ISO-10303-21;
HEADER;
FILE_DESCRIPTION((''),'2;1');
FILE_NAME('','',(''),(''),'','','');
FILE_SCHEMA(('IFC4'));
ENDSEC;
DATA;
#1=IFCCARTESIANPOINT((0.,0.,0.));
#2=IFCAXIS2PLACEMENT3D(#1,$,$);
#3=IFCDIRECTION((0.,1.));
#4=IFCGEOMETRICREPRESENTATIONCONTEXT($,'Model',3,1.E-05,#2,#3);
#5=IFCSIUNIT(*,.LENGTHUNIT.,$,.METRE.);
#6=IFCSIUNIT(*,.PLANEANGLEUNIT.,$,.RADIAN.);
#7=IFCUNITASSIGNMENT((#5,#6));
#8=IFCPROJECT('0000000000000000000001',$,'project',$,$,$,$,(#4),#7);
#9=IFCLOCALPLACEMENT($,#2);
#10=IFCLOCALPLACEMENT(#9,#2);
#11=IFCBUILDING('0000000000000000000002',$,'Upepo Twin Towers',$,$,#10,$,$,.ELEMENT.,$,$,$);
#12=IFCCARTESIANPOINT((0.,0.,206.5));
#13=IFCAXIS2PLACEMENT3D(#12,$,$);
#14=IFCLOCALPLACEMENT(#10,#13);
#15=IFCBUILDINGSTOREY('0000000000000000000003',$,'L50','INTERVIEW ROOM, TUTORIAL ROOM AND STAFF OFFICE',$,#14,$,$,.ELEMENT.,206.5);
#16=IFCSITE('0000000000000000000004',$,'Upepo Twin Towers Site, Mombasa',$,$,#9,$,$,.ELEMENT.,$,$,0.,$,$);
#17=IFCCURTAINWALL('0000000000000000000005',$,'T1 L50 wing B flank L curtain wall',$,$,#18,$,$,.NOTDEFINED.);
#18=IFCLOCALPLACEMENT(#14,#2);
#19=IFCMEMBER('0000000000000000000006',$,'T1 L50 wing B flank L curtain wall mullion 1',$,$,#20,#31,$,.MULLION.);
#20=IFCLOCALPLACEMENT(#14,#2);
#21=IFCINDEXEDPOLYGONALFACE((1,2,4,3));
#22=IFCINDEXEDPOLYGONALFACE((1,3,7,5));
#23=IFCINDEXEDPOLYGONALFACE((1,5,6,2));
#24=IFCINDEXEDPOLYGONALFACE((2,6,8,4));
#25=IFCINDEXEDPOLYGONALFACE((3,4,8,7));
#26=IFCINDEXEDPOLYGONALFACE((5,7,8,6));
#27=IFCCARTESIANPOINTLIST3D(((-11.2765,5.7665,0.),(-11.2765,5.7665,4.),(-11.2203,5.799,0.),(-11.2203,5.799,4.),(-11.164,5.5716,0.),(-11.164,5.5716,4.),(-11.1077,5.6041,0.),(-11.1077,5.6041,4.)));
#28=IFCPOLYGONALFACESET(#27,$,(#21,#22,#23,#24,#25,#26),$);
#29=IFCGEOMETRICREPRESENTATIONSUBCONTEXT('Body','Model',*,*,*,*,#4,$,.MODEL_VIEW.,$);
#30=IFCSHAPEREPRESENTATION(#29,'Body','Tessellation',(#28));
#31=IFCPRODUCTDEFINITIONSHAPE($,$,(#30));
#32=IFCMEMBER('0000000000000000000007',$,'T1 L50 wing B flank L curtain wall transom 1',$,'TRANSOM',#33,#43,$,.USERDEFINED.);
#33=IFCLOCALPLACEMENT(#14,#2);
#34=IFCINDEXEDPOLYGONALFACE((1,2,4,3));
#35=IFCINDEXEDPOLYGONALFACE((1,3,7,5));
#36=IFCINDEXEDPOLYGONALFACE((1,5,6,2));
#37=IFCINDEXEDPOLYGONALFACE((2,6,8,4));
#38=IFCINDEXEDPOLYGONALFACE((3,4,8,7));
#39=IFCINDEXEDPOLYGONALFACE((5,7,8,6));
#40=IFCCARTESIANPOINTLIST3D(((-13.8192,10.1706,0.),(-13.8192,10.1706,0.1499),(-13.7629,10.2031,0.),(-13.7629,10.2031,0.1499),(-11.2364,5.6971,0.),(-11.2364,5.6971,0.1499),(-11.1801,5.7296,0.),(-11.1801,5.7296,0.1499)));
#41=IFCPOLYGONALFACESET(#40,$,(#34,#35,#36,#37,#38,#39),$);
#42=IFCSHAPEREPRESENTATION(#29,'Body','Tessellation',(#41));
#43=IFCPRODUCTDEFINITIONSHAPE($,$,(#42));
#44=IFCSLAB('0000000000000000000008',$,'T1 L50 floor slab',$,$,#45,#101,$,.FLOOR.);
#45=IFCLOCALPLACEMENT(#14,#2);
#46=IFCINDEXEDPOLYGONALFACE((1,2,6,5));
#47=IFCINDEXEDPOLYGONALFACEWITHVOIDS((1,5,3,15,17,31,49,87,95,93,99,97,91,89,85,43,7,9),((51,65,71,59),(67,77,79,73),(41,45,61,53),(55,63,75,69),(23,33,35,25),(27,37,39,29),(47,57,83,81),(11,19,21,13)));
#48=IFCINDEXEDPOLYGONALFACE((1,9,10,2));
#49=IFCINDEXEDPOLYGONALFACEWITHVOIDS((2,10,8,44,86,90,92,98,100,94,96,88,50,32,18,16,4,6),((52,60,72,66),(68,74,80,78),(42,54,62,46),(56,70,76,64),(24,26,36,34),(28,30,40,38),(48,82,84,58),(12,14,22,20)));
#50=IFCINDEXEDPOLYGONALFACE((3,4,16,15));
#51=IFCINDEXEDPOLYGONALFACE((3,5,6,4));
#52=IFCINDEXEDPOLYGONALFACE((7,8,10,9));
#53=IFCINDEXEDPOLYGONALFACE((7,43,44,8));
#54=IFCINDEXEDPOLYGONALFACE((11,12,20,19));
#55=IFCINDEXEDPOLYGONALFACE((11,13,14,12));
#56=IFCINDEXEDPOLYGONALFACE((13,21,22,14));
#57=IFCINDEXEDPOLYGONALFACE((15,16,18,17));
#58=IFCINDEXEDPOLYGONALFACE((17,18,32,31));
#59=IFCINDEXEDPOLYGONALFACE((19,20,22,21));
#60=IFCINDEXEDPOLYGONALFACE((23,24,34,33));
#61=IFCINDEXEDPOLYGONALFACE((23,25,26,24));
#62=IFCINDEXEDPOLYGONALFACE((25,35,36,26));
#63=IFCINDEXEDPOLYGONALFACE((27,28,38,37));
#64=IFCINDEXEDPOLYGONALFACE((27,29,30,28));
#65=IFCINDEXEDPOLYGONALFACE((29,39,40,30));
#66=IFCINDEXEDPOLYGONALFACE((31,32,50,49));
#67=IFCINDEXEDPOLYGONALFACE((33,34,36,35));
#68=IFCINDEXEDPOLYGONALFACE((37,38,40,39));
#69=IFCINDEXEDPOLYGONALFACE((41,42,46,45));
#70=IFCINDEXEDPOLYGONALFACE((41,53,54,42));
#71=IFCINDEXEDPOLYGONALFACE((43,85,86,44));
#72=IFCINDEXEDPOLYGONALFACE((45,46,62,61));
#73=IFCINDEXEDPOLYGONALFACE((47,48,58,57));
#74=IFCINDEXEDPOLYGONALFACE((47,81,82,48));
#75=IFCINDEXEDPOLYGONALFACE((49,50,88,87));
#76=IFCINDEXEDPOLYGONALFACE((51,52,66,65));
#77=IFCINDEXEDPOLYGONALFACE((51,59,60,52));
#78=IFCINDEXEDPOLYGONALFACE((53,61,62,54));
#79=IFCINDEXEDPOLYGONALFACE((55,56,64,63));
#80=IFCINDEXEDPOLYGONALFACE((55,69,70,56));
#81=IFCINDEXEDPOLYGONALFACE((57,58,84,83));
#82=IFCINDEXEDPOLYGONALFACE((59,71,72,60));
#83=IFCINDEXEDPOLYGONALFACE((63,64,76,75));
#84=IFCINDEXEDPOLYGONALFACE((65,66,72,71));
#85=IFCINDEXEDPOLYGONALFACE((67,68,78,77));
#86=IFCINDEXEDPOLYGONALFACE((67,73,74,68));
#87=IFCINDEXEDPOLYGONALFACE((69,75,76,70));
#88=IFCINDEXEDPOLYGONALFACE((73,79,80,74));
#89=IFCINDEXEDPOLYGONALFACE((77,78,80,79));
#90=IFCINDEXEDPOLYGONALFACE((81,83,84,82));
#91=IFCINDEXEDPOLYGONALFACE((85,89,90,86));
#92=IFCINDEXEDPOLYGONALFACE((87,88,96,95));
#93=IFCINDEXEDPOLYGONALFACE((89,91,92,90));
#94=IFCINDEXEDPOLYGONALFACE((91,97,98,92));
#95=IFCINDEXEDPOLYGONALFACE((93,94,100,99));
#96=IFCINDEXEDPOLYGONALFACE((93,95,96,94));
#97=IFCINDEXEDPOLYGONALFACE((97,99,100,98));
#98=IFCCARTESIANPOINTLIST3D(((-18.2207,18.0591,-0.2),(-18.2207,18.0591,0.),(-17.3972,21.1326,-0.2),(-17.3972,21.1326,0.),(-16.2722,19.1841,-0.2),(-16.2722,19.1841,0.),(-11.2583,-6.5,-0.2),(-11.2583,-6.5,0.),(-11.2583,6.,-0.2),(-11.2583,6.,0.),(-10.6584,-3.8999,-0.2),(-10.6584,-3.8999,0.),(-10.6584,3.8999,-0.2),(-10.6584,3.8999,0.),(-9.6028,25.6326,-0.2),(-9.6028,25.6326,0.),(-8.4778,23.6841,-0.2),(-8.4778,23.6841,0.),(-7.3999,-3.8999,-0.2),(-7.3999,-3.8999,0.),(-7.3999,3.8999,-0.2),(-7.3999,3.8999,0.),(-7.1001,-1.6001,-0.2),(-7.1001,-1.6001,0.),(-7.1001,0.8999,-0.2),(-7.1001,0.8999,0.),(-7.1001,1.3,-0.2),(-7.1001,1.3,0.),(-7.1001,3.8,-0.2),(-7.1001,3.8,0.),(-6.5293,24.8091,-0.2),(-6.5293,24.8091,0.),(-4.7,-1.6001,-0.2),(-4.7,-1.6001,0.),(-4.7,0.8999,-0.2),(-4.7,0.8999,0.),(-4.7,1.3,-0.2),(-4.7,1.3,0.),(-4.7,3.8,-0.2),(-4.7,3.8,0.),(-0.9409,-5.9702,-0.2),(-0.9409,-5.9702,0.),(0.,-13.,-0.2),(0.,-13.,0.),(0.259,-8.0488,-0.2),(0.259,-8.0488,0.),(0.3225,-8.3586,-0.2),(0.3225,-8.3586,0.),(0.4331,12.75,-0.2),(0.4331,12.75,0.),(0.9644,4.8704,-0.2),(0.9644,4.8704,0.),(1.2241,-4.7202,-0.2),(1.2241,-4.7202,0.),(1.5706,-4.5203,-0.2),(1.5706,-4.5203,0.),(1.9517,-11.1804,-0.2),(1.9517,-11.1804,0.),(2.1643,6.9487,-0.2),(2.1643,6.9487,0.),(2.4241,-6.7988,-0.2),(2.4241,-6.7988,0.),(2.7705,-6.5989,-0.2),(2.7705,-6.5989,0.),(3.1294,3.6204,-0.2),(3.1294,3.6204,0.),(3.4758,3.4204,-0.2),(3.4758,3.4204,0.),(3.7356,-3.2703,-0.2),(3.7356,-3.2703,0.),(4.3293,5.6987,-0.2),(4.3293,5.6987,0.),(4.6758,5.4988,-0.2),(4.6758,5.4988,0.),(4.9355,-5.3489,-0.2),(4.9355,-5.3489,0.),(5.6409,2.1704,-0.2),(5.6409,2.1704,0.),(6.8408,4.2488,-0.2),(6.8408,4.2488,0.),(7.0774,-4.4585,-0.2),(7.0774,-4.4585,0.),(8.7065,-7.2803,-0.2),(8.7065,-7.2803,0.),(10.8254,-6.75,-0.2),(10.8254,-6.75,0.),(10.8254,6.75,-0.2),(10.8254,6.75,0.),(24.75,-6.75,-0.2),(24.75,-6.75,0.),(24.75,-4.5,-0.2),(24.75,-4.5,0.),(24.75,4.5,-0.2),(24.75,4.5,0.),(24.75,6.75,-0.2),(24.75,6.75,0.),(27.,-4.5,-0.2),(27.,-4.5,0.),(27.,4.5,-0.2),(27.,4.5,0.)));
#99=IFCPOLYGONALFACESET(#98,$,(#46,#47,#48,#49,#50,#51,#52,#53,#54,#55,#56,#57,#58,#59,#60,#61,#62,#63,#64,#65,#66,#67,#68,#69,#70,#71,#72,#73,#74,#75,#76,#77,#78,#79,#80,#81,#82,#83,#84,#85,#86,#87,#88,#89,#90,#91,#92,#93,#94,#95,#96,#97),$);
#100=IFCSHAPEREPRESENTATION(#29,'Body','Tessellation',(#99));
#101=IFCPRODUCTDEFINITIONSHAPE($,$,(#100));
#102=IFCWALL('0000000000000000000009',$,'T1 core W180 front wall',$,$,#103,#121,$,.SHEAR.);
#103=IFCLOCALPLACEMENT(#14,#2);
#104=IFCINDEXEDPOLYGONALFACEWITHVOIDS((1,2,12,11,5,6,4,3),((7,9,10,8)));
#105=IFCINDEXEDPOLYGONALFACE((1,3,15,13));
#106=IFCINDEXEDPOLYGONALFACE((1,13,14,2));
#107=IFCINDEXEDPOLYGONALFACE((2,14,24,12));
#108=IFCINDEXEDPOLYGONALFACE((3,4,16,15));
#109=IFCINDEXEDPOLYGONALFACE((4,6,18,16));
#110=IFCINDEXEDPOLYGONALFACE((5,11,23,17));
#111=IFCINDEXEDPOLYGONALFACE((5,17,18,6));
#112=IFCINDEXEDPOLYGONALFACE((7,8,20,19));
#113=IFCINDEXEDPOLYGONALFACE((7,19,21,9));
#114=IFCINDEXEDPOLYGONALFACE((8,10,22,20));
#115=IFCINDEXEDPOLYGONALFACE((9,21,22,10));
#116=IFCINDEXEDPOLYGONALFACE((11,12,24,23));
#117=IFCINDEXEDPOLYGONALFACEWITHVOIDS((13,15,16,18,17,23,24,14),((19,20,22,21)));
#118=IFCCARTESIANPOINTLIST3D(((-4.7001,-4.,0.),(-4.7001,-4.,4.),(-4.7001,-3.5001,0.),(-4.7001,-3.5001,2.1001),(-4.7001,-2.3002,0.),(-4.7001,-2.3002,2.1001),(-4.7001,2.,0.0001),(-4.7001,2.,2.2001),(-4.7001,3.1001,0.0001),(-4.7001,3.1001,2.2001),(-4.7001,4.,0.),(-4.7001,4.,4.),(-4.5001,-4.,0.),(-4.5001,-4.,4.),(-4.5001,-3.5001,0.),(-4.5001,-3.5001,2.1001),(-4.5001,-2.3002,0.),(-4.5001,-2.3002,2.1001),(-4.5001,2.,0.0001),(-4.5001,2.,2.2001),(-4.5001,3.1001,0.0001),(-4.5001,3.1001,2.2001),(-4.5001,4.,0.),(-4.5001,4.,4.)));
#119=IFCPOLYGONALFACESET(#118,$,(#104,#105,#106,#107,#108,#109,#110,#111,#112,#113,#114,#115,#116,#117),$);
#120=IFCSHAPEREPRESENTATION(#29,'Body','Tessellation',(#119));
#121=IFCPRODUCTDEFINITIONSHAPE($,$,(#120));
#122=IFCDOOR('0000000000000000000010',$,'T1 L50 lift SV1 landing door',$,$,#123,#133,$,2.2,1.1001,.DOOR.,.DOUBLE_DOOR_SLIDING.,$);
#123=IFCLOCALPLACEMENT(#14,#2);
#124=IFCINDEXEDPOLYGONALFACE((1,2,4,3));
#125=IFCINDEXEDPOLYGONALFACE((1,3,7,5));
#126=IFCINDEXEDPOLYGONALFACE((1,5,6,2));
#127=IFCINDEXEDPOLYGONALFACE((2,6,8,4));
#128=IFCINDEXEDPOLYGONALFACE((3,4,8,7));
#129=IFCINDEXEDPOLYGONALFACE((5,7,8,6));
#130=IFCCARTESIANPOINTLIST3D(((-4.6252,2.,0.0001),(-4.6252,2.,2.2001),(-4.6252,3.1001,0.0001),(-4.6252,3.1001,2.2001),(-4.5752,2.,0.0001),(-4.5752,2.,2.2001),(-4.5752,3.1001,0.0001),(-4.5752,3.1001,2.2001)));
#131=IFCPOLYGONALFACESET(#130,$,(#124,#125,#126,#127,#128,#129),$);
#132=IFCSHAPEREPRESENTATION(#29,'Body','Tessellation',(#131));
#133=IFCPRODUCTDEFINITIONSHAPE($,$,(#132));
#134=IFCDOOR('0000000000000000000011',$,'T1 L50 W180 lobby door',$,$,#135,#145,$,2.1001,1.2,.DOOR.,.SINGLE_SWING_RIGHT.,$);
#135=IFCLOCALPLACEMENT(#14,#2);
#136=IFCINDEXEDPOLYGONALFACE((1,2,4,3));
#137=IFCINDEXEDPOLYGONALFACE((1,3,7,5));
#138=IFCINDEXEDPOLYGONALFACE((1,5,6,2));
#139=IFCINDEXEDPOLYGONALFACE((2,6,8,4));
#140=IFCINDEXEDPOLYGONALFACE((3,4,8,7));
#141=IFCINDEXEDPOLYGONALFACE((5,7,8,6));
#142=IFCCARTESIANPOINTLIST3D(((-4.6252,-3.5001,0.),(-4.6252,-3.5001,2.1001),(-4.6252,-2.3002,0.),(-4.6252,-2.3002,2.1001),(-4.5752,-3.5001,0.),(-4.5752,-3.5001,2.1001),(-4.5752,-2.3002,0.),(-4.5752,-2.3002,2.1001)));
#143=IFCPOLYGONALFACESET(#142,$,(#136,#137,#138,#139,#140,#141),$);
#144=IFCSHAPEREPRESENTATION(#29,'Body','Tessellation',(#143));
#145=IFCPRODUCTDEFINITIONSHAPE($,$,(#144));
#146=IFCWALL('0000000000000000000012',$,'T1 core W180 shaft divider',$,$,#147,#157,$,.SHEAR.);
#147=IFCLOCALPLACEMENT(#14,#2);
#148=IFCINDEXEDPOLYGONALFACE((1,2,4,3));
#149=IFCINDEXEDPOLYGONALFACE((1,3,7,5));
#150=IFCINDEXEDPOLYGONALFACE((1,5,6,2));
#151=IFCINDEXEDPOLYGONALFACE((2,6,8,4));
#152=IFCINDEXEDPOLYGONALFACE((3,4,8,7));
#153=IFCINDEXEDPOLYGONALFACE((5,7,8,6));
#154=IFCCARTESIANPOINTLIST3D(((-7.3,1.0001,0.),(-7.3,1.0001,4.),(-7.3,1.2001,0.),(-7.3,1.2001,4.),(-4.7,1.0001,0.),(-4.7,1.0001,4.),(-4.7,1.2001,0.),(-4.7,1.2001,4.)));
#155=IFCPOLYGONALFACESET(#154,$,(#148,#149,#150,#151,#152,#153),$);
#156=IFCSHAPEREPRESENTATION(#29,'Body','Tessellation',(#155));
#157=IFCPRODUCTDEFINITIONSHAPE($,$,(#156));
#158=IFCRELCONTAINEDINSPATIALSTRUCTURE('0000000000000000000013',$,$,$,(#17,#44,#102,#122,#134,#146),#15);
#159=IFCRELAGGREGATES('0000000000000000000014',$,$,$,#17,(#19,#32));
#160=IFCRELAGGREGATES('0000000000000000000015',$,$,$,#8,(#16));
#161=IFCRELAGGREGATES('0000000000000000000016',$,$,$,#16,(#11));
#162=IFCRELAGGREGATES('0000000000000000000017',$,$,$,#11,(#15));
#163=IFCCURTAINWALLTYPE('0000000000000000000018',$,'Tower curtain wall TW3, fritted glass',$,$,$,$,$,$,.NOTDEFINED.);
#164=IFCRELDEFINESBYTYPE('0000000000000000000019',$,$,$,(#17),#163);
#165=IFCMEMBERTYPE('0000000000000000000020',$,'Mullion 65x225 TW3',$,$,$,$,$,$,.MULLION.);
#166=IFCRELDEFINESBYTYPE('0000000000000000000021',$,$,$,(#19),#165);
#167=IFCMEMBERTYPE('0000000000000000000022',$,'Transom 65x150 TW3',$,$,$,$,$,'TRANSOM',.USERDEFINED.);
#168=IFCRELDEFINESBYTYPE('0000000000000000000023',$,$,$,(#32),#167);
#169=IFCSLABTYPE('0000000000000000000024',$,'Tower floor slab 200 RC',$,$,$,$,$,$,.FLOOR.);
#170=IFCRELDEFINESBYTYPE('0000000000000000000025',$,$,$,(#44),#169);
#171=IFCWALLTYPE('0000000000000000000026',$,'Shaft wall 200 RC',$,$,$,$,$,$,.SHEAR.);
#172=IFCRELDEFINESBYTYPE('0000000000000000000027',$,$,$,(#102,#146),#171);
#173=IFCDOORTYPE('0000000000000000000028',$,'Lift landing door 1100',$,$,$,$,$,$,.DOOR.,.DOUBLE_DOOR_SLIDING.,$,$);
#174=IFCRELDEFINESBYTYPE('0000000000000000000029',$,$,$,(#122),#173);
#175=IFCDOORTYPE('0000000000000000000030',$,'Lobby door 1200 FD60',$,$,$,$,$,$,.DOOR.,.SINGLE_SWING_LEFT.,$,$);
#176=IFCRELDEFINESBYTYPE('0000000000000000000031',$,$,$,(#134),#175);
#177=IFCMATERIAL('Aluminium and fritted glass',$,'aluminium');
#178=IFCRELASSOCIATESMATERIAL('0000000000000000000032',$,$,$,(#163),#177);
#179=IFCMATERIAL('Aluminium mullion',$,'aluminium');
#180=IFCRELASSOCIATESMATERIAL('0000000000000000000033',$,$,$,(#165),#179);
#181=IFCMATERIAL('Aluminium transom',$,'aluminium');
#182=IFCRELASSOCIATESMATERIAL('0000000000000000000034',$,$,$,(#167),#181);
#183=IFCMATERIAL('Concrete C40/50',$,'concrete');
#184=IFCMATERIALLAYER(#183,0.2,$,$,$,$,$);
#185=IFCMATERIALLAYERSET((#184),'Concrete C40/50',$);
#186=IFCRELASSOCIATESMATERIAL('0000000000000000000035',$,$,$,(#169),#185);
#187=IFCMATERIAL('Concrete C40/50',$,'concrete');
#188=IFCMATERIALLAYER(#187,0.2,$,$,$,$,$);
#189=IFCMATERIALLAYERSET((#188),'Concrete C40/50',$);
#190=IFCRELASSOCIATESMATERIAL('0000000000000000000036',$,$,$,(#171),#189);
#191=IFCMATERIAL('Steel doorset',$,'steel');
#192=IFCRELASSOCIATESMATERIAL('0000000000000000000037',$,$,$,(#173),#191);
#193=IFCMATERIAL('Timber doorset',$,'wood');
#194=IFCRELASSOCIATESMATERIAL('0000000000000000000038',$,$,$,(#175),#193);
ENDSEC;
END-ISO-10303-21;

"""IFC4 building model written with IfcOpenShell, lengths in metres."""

from ifc_helpers import new_model, si_unit, direction, frame, frame_2d, origin, origin_2d, place, context, subcontext, project, spatial, polyline, rectangle, outline, extrude, material, layer, layer_set, material_profile, profile_set, type_object, element, fill, aggregate, save


model = new_model("IFC4")

# Units and contexts
model_context = context("Model", 3, precision=1e-05, world=origin(), true_north=direction((0.0, 1.0)))
body_context = subcontext(model_context, "Body", "Model", "MODEL_VIEW")
ifc_project = project(units=[si_unit("LENGTHUNIT", "METRE"), si_unit("PLANEANGLEUNIT", "RADIAN")], contexts=[model_context])

# Site, building, storey
site_placement = place(None, origin())
site = spatial("IfcSite", under=ifc_project, at=site_placement, Name="Upepo Twin Towers Site, Mombasa", CompositionType="ELEMENT", RefElevation=0.0)
building_placement = place(site_placement, origin())
building = spatial("IfcBuilding", under=site, at=building_placement, Name="Upepo Twin Towers", CompositionType="ELEMENT")
storey_placement = place(building_placement, frame((0.0, 0.0, 206.5)))
storey = spatial("IfcBuildingStorey", under=building, at=storey_placement, Name="L50", Description="INTERVIEW ROOM, TUTORIAL ROOM AND STAFF OFFICE", CompositionType="ELEMENT", Elevation=206.5)

# Curtain wall, members
ifc_material_1 = material(Name="Aluminium and fritted glass", Category="aluminium")
curtain_wall_type = type_object("IfcCurtainWallType", Name="Tower curtain wall TW3, fritted glass", PredefinedType="NOTDEFINED", material=ifc_material_1)
curtain_wall_placement = place(storey_placement, origin())
curtain_wall = element("IfcCurtainWall", 1, at=curtain_wall_placement, inside=storey, type_object=curtain_wall_type, Name="T1 L50 wing B flank L curtain wall", PredefinedType="NOTDEFINED")
ifc_material_2 = material(Name="Aluminium mullion", Category="aluminium")
ifc_material_profile_1 = material_profile(ifc_material_2, rectangle(XDim=0.0649, YDim=0.2251, at=origin_2d()), Name="MULLION 65x225")
ifc_profile_set_1 = profile_set([ifc_material_profile_1], Name="Aluminium mullion")
member_type_1 = type_object("IfcMemberType", Name="Mullion 65x225 TW3", PredefinedType="MULLION", material=ifc_profile_set_1)
member_1_placement = place(storey_placement, frame((-11.1921, 5.6853, 0.0), z_axis=(0.0, 0.0, 1.0), x_axis=(-0.866025, -0.5, 0.0)))
member_1 = element("IfcMember", 2, at=member_1_placement, type_object=member_type_1, Name="T1 L50 wing B flank L curtain wall mullion 1", PredefinedType="MULLION", context=body_context, shape_type="SweptSolid", body=[
    extrude(rectangle(XDim=0.0649, YDim=0.2251, at=origin_2d()), origin(), (0.0, 0.0, 1.0), 4.0),
])
ifc_material_3 = material(Name="Aluminium transom", Category="aluminium")
ifc_material_profile_2 = material_profile(ifc_material_3, rectangle(XDim=0.0649, YDim=0.1499, at=origin_2d()), Name="TRANSOM 65x150")
ifc_profile_set_2 = profile_set([ifc_material_profile_2], Name="Aluminium transom")
member_type_2 = type_object("IfcMemberType", Name="Transom 65x150 TW3", ElementType="TRANSOM", PredefinedType="USERDEFINED", material=ifc_profile_set_2)
member_2_placement = place(storey_placement, frame((-11.2083, 5.7134, 0.075), z_axis=(-0.500007, 0.866021, 0.0), x_axis=(-0.866021, -0.500007, 0.0)))
member_2 = element("IfcMember", 3, at=member_2_placement, type_object=member_type_2, Name="T1 L50 wing B flank L curtain wall transom 1", ObjectType="TRANSOM", PredefinedType="USERDEFINED", context=body_context, shape_type="SweptSolid", body=[
    extrude(rectangle(XDim=0.0649, YDim=0.1499, at=origin_2d()), origin(), (0.0, 0.0, 1.0), 5.1655),
])
aggregate(curtain_wall, [member_1, member_2])

# Slab
ifc_material_4 = material(Name="Concrete C40/50", Category="concrete")
ifc_layer_1 = layer(ifc_material_4, 0.2)
ifc_layer_set_1 = layer_set([ifc_layer_1], Name="Concrete C40/50")
slab_type = type_object("IfcSlabType", Name="Tower floor slab 200 RC", PredefinedType="FLOOR", material=ifc_layer_set_1)
slab_placement = place(storey_placement, frame((0.0, 0.0, -0.2)))
element("IfcSlab", 4, at=slab_placement, inside=storey, type_object=slab_type, Name="T1 L50 floor slab", PredefinedType="FLOOR", context=body_context, shape_type="SweptSolid", body=[
    extrude(outline(polyline([(10.8254, 6.75), (24.75, 6.75), (24.75, 4.5), (27.0, 4.5), (27.0, -4.5), (24.75, -4.5), (24.75, -6.75), (10.8254, -6.75), (0.0, -13.0), (-11.2583, -6.5), (-11.2583, 6.0), (-18.2207, 18.0591), (-16.2722, 19.1841), (-17.3972, 21.1326), (-9.6028, 25.6326), (-8.4778, 23.6841), (-6.5293, 24.8091), (0.4331, 12.75), (10.8254, 6.75)]), holes=[polyline([(5.6409, 2.1704), (6.8408, 4.2488), (4.6758, 5.4988), (3.4758, 3.4204), (5.6409, 2.1704)]), polyline([(3.1294, 3.6204), (4.3293, 5.6987), (2.1643, 6.9487), (0.9644, 4.8704), (3.1294, 3.6204)]), polyline([(-4.7, 3.8), (-7.1001, 3.8), (-7.1001, 1.3), (-4.7, 1.3), (-4.7, 3.8)]), polyline([(-4.7, 0.8999), (-7.1001, 0.8999), (-7.1001, -1.6001), (-4.7, -1.6001), (-4.7, 0.8999)]), polyline([(-7.3999, 3.8999), (-10.6584, 3.8999), (-10.6584, -3.8999), (-7.3999, -3.8999), (-7.3999, 3.8999)]), polyline([(-0.9409, -5.9702), (0.259, -8.0488), (2.4241, -6.7988), (1.2241, -4.7202), (-0.9409, -5.9702)]), polyline([(1.5706, -4.5203), (2.7705, -6.5989), (4.9355, -5.3489), (3.7356, -3.2703), (1.5706, -4.5203)]), polyline([(0.3225, -8.3586), (1.9517, -11.1804), (8.7065, -7.2803), (7.0774, -4.4585), (0.3225, -8.3586)])]), origin(), (0.0, 0.0, 1.0), 0.2),
])

# Wall, openings, doors
ifc_material_5 = material(Name="Concrete C40/50", Category="concrete")
ifc_layer_2 = layer(ifc_material_5, 0.2)
ifc_layer_set_2 = layer_set([ifc_layer_2], Name="Concrete C40/50")
wall_type_1 = type_object("IfcWallType", Name="Shaft wall 200 RC", PredefinedType="SHEAR", material=ifc_layer_set_2)
wall_1_placement = place(storey_placement, frame((-4.6001, 4.0, 0.0), z_axis=(0.0, 0.0, 1.0), x_axis=(0.0, -1.0, 0.0)))
wall_1 = element("IfcWall", 5, at=wall_1_placement, inside=storey, type_object=wall_type_1, Name="T1 core W180 front wall", PredefinedType="SHEAR", context=body_context, shape_type="SweptSolid", body=[
    extrude(rectangle(XDim=8.0, YDim=0.2, at=frame_2d((4.0, 0.0))), origin(), (0.0, 0.0, 1.0), 4.0),
])
opening_1_placement = place(wall_1_placement, frame((6.3, 0.0, 0.0)))
opening_1 = element("IfcOpeningElement", 6, at=opening_1_placement, cuts=wall_1, PredefinedType="OPENING", context=body_context, shape_type="SweptSolid", body=[
    extrude(rectangle(XDim=1.2, YDim=2.1001, at=frame_2d((0.6001, 1.05))), frame((0.0, 0.1099, 0.0), z_axis=(0.0, -1.0, 0.0), x_axis=(1.0, 0.0, 0.0)), (0.0, 0.0, 1.0), 0.22),
])
opening_2_placement = place(wall_1_placement, frame((0.8999, 0.0, 0.0)))
opening_2 = element("IfcOpeningElement", 7, at=opening_2_placement, cuts=wall_1, PredefinedType="OPENING", context=body_context, shape_type="SweptSolid", body=[
    extrude(rectangle(XDim=1.1001, YDim=2.2, at=frame_2d((0.55, 1.1001))), frame((0.0, 0.1099, 0.0), z_axis=(0.0, -1.0, 0.0), x_axis=(1.0, 0.0, 0.0)), (0.0, 0.0, 1.0), 0.22),
])
ifc_material_6 = material(Name="Steel doorset", Category="steel")
door_type_1 = type_object("IfcDoorType", Name="Lift landing door 1100", OperationType="DOUBLE_DOOR_SLIDING", PredefinedType="DOOR", material=ifc_material_6)
door_1_placement = place(opening_2_placement, origin())
door_1 = element("IfcDoor", 8, at=door_1_placement, inside=storey, type_object=door_type_1, Name="T1 L50 lift SV1 landing door", OperationType="DOUBLE_DOOR_SLIDING", OverallHeight=2.2, OverallWidth=1.1001, PredefinedType="DOOR", context=body_context, shape_type="SweptSolid", body=[
    extrude(rectangle(XDim=1.1001, YDim=2.2, at=frame_2d((0.55, 1.1001))), frame((0.0, 0.0249, 0.0), z_axis=(0.0, -1.0, 0.0), x_axis=(1.0, 0.0, 0.0)), (0.0, 0.0, 1.0), 0.05),
])
fill(opening_2, door_1)
ifc_material_7 = material(Name="Timber doorset", Category="wood")
door_type_2 = type_object("IfcDoorType", Name="Lobby door 1200 FD60", OperationType="SINGLE_SWING_LEFT", PredefinedType="DOOR", material=ifc_material_7)
door_2_placement = place(opening_1_placement, origin())
door_2 = element("IfcDoor", 9, at=door_2_placement, inside=storey, type_object=door_type_2, Name="T1 L50 W180 lobby door", OperationType="SINGLE_SWING_RIGHT", OverallHeight=2.1001, OverallWidth=1.2, PredefinedType="DOOR", context=body_context, shape_type="SweptSolid", body=[
    extrude(rectangle(XDim=1.2, YDim=2.1001, at=frame_2d((0.6001, 1.05))), frame((0.0, 0.0249, 0.0), z_axis=(0.0, -1.0, 0.0), x_axis=(1.0, 0.0, 0.0)), (0.0, 0.0, 1.0), 0.05),
])
fill(opening_1, door_2)

# Wall
wall_2_placement = place(storey_placement, frame((-4.7, 1.1001, 0.0), z_axis=(0.0, 0.0, 1.0), x_axis=(-1.0, 0.0, 0.0)))
element("IfcWall", 10, at=wall_2_placement, inside=storey, type_object=wall_type_1, Name="T1 core W180 shaft divider", PredefinedType="SHEAR", context=body_context, shape_type="SweptSolid", body=[
    extrude(rectangle(XDim=2.6001, YDim=0.2, at=frame_2d((1.3, 0.0))), origin(), (0.0, 0.0, 1.0), 4.0),
])

save(model, "model.ifc")
